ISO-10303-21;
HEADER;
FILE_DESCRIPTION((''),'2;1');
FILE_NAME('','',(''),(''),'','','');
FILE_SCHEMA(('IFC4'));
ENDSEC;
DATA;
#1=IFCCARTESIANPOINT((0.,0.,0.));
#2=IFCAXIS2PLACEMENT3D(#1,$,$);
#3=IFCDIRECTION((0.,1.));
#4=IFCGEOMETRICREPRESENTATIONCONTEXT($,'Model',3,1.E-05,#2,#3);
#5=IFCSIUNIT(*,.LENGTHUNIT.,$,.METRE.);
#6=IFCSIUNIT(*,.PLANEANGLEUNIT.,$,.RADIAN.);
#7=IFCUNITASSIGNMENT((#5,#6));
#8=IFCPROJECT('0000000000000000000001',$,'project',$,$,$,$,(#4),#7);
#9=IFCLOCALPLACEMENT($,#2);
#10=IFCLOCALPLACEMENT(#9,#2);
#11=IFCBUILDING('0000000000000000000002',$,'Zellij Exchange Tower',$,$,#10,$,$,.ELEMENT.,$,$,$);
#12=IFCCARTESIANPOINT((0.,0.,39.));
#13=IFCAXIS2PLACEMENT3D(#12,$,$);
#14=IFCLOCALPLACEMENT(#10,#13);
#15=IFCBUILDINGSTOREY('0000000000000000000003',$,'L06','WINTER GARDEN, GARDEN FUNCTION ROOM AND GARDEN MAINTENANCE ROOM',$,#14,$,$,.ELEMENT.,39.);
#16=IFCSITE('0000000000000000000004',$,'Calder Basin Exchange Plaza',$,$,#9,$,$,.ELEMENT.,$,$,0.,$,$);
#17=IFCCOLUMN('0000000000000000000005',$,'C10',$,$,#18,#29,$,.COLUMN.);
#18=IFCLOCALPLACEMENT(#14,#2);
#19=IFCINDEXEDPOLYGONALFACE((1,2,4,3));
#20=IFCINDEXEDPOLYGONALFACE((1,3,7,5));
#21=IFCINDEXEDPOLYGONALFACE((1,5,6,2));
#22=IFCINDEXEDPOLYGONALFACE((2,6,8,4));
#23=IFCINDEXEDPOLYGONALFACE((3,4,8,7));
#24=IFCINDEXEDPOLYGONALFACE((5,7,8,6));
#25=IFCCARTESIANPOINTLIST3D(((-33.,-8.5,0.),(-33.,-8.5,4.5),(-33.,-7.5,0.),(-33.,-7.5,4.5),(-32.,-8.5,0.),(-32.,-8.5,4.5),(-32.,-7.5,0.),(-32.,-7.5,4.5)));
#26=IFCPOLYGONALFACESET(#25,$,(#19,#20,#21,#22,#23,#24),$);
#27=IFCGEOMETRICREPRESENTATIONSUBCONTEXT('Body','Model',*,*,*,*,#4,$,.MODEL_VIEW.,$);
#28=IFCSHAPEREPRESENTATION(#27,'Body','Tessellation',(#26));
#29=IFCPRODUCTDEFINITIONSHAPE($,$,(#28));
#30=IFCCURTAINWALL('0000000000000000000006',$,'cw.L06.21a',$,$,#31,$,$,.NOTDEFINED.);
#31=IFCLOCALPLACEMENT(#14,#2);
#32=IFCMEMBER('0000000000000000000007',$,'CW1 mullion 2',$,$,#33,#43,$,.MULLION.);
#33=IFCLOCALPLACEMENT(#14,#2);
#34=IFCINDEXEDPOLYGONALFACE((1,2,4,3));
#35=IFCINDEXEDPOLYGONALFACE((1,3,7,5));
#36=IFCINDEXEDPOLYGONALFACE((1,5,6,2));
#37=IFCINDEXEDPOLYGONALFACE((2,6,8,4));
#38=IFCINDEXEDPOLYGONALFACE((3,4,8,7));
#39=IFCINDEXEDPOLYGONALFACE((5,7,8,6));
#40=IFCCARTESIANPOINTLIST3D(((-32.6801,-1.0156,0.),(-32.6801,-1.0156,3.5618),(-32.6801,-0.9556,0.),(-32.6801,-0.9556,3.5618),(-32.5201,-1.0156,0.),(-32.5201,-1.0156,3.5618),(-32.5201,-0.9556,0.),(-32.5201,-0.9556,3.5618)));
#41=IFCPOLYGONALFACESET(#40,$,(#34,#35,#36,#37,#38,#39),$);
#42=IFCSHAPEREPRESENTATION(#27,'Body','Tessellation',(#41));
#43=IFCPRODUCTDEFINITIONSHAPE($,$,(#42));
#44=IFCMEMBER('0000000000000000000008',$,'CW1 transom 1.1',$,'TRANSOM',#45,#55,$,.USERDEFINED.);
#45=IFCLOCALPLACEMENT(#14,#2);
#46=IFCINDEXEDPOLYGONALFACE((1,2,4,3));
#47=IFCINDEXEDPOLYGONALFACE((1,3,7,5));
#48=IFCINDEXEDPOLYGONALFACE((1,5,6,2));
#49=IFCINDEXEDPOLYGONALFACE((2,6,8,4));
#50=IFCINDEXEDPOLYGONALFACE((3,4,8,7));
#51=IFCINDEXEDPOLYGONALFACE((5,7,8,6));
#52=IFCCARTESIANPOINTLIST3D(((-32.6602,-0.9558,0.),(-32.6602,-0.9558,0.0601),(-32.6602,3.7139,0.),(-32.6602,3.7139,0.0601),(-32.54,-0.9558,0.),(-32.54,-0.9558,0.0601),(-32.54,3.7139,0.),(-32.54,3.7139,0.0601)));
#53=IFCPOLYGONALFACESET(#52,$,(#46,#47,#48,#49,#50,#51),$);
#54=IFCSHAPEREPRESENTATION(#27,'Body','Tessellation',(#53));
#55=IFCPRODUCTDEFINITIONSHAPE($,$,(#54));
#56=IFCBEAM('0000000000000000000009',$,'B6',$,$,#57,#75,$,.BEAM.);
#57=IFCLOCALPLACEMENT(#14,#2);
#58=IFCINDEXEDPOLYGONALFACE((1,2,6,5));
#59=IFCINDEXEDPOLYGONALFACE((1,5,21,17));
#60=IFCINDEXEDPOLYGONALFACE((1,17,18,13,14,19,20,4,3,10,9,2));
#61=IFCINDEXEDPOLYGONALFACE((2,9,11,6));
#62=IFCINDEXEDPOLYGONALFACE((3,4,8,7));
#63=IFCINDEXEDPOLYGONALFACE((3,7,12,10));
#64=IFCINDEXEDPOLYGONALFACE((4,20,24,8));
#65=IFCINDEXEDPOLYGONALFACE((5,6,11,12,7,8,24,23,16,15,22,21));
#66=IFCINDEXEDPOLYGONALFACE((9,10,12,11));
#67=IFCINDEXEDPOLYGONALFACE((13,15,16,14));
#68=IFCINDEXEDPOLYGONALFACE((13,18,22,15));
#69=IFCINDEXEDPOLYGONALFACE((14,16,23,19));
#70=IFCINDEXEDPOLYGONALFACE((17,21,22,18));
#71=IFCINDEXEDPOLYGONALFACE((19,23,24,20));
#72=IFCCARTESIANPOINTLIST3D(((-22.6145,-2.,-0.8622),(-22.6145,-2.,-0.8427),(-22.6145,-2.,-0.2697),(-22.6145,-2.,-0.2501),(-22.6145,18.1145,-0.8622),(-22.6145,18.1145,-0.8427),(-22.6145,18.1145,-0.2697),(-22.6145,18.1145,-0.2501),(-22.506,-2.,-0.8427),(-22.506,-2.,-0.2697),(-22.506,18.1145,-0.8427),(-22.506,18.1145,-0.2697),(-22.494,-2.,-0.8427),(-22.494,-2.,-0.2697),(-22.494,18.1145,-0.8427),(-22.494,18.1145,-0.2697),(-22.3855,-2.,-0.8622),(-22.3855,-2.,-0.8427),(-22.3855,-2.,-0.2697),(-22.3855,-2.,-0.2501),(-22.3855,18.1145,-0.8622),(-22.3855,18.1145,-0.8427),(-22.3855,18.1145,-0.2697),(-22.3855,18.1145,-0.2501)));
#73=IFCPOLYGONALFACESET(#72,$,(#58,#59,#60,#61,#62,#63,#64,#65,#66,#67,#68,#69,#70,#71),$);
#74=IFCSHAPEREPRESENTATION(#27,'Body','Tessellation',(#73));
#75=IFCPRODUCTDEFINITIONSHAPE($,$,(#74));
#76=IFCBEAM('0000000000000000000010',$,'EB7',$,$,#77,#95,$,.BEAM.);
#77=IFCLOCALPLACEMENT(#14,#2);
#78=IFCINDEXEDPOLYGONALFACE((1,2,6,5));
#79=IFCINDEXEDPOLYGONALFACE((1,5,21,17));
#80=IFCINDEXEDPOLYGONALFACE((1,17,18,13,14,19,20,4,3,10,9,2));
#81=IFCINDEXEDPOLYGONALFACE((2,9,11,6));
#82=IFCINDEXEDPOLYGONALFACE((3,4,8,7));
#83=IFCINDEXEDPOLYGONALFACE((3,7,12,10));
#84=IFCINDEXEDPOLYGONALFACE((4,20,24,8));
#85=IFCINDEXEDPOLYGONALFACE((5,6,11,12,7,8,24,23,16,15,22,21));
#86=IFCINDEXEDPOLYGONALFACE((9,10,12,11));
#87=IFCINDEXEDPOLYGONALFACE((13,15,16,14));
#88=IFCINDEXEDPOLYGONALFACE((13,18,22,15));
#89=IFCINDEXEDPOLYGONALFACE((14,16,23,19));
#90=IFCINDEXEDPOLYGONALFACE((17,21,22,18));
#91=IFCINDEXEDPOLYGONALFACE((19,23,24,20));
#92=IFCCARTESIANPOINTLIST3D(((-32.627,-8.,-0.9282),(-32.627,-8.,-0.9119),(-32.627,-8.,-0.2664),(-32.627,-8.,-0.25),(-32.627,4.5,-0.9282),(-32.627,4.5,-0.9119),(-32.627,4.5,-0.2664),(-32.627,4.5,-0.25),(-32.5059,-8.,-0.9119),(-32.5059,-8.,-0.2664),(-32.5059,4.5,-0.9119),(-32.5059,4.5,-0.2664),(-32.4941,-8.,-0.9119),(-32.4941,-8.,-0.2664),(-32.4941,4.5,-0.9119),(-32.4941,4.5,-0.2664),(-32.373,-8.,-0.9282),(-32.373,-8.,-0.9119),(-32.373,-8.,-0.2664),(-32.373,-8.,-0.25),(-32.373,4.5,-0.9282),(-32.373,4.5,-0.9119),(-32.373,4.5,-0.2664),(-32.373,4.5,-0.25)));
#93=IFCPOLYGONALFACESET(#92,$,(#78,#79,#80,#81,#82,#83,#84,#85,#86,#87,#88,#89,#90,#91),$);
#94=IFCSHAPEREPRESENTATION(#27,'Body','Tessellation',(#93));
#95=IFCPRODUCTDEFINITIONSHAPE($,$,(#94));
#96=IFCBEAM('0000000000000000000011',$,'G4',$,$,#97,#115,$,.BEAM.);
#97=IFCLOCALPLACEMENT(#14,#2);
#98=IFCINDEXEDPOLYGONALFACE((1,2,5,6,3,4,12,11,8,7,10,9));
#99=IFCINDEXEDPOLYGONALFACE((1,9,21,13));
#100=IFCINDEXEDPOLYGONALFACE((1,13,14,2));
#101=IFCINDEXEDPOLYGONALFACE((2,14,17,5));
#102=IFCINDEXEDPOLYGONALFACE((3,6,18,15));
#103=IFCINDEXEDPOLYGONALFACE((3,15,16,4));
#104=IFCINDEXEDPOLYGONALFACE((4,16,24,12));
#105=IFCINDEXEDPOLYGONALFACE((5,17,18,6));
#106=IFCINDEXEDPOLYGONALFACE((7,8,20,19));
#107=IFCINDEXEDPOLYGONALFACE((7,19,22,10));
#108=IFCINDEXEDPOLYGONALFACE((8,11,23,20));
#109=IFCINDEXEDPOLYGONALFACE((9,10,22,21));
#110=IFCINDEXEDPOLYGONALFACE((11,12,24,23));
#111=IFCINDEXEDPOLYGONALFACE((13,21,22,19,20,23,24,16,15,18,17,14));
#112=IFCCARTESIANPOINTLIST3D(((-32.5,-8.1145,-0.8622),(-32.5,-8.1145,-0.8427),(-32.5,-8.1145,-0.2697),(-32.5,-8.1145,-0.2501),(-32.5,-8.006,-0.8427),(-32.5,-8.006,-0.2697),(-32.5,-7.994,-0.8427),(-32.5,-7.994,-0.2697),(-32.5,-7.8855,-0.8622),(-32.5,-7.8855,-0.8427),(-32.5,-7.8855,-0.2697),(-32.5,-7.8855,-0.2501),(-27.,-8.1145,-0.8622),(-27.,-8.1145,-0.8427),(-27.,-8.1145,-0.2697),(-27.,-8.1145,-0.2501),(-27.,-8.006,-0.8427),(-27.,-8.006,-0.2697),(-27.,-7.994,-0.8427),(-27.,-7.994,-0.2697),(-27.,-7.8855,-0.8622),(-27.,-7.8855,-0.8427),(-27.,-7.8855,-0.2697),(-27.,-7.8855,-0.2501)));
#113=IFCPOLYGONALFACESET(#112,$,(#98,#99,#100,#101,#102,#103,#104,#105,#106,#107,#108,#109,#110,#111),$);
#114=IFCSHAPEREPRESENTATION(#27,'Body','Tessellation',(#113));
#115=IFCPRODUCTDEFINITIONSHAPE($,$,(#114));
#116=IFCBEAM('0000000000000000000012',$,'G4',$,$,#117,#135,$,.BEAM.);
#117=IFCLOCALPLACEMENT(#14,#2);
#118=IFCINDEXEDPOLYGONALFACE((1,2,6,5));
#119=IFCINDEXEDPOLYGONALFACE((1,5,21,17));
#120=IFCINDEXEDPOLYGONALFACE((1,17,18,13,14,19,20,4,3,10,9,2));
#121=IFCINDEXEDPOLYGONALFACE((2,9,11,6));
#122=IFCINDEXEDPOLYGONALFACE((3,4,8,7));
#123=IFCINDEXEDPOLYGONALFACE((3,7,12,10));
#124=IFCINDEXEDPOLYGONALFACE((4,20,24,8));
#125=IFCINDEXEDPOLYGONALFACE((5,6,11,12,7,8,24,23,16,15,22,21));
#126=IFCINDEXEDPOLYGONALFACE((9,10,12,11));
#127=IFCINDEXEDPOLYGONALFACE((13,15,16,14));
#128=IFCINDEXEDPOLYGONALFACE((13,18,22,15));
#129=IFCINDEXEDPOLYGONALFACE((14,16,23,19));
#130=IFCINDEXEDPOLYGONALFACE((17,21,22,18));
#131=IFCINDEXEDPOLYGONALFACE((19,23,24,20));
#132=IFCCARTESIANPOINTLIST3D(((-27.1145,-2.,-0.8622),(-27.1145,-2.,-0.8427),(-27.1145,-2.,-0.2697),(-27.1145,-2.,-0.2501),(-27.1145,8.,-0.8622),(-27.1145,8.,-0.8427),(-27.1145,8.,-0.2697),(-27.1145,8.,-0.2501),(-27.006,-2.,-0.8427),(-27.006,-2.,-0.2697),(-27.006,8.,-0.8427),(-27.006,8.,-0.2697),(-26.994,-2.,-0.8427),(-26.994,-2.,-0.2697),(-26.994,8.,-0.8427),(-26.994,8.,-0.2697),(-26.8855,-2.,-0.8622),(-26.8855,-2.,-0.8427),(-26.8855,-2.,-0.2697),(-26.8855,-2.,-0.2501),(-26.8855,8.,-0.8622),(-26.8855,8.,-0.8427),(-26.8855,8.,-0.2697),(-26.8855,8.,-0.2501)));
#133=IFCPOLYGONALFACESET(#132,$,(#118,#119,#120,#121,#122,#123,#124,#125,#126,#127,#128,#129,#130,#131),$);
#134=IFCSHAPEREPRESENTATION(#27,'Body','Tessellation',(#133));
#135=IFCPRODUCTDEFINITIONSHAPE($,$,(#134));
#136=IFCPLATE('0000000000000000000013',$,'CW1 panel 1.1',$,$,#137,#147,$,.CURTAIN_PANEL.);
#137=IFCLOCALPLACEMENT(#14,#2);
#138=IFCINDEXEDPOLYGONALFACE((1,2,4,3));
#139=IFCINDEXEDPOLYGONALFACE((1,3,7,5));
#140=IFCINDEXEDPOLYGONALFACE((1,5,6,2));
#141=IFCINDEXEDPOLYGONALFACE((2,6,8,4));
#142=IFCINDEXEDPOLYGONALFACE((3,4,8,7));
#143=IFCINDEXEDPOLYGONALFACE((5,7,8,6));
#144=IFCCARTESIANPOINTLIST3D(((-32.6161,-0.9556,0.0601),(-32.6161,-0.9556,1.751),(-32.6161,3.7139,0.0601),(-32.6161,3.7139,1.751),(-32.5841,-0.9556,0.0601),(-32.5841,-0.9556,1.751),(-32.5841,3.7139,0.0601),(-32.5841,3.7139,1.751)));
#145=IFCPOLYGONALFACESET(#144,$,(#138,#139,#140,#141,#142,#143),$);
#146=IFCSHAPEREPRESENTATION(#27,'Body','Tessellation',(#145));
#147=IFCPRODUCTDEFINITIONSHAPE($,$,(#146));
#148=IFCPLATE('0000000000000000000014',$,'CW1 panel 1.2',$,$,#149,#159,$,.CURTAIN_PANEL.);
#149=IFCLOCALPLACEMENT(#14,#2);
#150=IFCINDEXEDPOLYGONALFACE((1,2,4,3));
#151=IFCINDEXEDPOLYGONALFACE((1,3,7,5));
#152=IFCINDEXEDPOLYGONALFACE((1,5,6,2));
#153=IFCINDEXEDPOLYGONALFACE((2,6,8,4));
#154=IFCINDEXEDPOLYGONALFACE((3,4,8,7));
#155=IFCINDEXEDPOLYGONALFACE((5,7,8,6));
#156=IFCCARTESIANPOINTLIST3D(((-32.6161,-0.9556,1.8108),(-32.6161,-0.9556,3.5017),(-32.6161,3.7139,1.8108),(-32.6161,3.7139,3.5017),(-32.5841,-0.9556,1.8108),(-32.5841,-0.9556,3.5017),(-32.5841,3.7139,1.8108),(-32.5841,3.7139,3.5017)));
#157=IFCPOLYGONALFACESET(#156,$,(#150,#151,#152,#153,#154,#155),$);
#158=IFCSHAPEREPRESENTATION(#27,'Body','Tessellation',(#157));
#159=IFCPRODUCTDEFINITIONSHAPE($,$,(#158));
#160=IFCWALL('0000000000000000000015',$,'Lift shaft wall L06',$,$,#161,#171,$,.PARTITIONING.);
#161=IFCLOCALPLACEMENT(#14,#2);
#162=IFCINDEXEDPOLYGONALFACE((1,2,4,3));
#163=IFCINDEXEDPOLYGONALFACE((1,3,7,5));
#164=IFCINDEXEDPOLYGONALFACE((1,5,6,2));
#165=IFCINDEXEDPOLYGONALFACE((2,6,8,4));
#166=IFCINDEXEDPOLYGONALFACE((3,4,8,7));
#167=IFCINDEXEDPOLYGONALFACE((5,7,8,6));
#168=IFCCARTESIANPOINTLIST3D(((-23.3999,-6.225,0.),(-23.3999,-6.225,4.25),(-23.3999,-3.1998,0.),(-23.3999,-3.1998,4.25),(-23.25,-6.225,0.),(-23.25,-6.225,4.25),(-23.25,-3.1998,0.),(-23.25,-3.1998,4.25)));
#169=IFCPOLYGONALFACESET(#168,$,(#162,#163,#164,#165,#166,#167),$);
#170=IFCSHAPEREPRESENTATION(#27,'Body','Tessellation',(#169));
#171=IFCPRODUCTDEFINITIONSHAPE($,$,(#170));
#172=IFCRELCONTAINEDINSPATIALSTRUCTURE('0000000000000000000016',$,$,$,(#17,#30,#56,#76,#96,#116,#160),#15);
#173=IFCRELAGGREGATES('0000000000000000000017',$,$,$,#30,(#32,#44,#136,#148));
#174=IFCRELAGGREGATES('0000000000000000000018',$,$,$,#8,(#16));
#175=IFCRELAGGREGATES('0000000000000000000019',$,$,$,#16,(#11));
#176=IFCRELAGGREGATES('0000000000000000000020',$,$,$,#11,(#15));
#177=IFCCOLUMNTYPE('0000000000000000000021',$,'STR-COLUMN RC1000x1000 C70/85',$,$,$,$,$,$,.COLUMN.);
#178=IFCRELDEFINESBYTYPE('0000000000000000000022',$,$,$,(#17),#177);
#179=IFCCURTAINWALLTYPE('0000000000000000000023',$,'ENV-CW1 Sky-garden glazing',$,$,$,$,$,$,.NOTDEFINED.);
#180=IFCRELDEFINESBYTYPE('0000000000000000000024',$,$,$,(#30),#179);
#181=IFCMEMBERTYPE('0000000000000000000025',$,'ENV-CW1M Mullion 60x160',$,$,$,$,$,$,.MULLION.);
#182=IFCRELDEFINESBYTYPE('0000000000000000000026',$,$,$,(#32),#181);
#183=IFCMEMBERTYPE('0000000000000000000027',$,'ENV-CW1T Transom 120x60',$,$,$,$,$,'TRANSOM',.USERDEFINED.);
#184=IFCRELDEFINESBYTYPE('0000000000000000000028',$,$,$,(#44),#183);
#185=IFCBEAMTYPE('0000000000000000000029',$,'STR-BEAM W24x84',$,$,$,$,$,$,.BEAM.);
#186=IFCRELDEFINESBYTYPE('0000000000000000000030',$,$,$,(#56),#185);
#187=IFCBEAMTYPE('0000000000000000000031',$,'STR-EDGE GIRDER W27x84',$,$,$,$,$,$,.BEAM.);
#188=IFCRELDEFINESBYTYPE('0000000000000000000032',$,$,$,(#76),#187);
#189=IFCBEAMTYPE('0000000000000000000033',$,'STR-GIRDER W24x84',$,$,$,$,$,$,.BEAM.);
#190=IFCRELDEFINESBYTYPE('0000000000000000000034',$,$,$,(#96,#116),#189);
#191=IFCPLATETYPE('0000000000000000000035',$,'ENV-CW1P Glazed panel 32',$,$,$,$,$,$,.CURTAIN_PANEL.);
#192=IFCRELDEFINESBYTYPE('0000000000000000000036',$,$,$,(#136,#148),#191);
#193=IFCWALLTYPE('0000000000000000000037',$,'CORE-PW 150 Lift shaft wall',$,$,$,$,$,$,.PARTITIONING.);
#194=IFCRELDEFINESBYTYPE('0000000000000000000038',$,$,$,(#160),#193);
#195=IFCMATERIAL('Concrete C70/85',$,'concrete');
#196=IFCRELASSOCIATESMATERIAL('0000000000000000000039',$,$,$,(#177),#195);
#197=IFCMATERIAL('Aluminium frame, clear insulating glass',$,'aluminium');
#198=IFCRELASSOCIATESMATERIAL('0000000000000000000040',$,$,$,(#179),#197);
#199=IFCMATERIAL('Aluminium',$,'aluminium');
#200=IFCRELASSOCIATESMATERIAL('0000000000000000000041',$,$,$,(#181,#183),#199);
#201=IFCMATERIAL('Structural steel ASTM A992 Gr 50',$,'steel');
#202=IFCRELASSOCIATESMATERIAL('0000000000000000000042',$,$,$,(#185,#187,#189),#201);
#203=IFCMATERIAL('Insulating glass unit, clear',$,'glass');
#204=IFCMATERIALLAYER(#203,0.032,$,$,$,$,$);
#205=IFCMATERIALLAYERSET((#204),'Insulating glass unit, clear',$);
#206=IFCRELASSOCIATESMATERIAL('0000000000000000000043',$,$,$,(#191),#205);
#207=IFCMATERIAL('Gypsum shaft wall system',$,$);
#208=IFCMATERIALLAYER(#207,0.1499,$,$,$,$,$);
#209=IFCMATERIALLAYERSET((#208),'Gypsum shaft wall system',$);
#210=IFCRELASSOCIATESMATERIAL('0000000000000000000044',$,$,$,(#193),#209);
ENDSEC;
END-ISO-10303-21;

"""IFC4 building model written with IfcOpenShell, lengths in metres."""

from ifc_helpers import new_model, si_unit, direction, frame, frame_2d, origin, origin_2d, place, context, subcontext, project, spatial, rectangle, i_section, extrude, material, layer, layer_set, material_profile, profile_set, type_object, element, aggregate, save


model = new_model("IFC4")

# Units and contexts
model_context = context("Model", 3, precision=1e-05, world=origin(), true_north=direction((0.0, 1.0)))
body_context = subcontext(model_context, "Body", "Model", "MODEL_VIEW")
ifc_project = project(units=[si_unit("LENGTHUNIT", "METRE"), si_unit("PLANEANGLEUNIT", "RADIAN")], contexts=[model_context])

# Site, building, storey
site_placement = place(None, origin())
site = spatial("IfcSite", under=ifc_project, at=site_placement, Name="Calder Basin Exchange Plaza", CompositionType="ELEMENT", RefElevation=0.0)
building_placement = place(site_placement, origin())
building = spatial("IfcBuilding", under=site, at=building_placement, Name="Zellij Exchange Tower", CompositionType="ELEMENT")
storey_placement = place(building_placement, frame((0.0, 0.0, 39.0)))
storey = spatial("IfcBuildingStorey", under=building, at=storey_placement, Name="L06", Description="WINTER GARDEN, GARDEN FUNCTION ROOM AND GARDEN MAINTENANCE ROOM", CompositionType="ELEMENT", Elevation=39.0)

# Column
ifc_material_1 = material(Name="Concrete C70/85", Category="concrete")
ifc_material_profile_1 = material_profile(ifc_material_1, rectangle(XDim=1.0, YDim=1.0, at=origin_2d()), Name="STR-COLUMN RC1000x1000 C70/85")
ifc_profile_set_1 = profile_set([ifc_material_profile_1], Name="Concrete C70/85")
column_type = type_object("IfcColumnType", Name="STR-COLUMN RC1000x1000 C70/85", PredefinedType="COLUMN", material=ifc_profile_set_1)
column_placement = place(storey_placement, frame((-32.5, -8.0, 0.0), z_axis=(0.0, 0.0, 1.0), x_axis=(1.0, 0.0, 0.0)))
element("IfcColumn", 1, at=column_placement, inside=storey, type_object=column_type, Name="C10", PredefinedType="COLUMN", context=body_context, shape_type="SweptSolid", body=[
    extrude(rectangle(XDim=1.0, YDim=1.0, at=origin_2d()), origin(), (0.0, 0.0, 1.0), 4.5),
])

# Curtain wall, members
ifc_material_2 = material(Name="Aluminium frame, clear insulating glass", Category="aluminium")
curtain_wall_type = type_object("IfcCurtainWallType", Name="ENV-CW1 Sky-garden glazing", PredefinedType="NOTDEFINED", material=ifc_material_2)
curtain_wall_placement = place(storey_placement, origin())
curtain_wall = element("IfcCurtainWall", 2, at=curtain_wall_placement, inside=storey, type_object=curtain_wall_type, Name="cw.L06.21a", PredefinedType="NOTDEFINED")
ifc_material_3 = material(Name="Aluminium", Category="aluminium")
ifc_material_profile_2 = material_profile(ifc_material_3, rectangle(XDim=0.0601, YDim=0.1599, at=origin_2d()), Name="AL 60x160")
ifc_profile_set_2 = profile_set([ifc_material_profile_2], Name="Aluminium")
member_type_1 = type_object("IfcMemberType", Name="ENV-CW1M Mullion 60x160", PredefinedType="MULLION", material=ifc_profile_set_2)
member_1_placement = place(storey_placement, frame((-32.6001, -0.9856, 0.0), z_axis=(0.0, 0.0, 1.0), x_axis=(0.0, -1.0, 0.0)))
member_1 = element("IfcMember", 3, at=member_1_placement, type_object=member_type_1, Name="CW1 mullion 2", PredefinedType="MULLION", context=body_context, shape_type="SweptSolid", body=[
    extrude(rectangle(XDim=0.0601, YDim=0.1599, at=origin_2d()), origin(), (0.0, 0.0, 1.0), 3.5618),
])
ifc_material_profile_3 = material_profile(ifc_material_3, rectangle(XDim=0.1201, YDim=0.0601, at=origin_2d()), Name="AL 120x60")
ifc_profile_set_3 = profile_set([ifc_material_profile_3], Name="Aluminium")
member_type_2 = type_object("IfcMemberType", Name="ENV-CW1T Transom 120x60", ElementType="TRANSOM", PredefinedType="USERDEFINED", material=ifc_profile_set_3)
member_2_placement = place(storey_placement, frame((-32.6001, 3.7139, 0.03), z_axis=(0.0, -1.0, 0.0), x_axis=(1.0, 0.0, 0.0)))
member_2 = element("IfcMember", 4, at=member_2_placement, type_object=member_type_2, Name="CW1 transom 1.1", ObjectType="TRANSOM", PredefinedType="USERDEFINED", context=body_context, shape_type="SweptSolid", body=[
    extrude(rectangle(XDim=0.1201, YDim=0.0601, at=origin_2d()), origin(), (0.0, 0.0, 1.0), 4.6697),
])

# Beams
ifc_material_4 = material(Name="Structural steel ASTM A992 Gr 50", Category="steel")
ifc_material_profile_4 = material_profile(ifc_material_4, i_section(OverallWidth=0.229, OverallDepth=0.6121, WebThickness=0.012, FlangeThickness=0.0195, at=origin_2d()), Name="W24x84")
ifc_profile_set_4 = profile_set([ifc_material_profile_4], Name="Structural steel ASTM A992 Gr 50")
beam_type_1 = type_object("IfcBeamType", Name="STR-BEAM W24x84", PredefinedType="BEAM", material=ifc_profile_set_4)
beam_1_placement = place(storey_placement, frame((-22.5, -2.0, -0.5562), z_axis=(0.0, 1.0, 0.0), x_axis=(-1.0, 0.0, 0.0)))
element("IfcBeam", 5, at=beam_1_placement, inside=storey, type_object=beam_type_1, Name="B6", PredefinedType="BEAM", context=body_context, shape_type="SweptSolid", body=[
    extrude(i_section(OverallWidth=0.229, OverallDepth=0.6121, WebThickness=0.012, FlangeThickness=0.0195, at=origin_2d()), origin(), (0.0, 0.0, 1.0), 20.1145),
])
ifc_material_profile_5 = material_profile(ifc_material_4, i_section(OverallWidth=0.2539, OverallDepth=0.6782, WebThickness=0.0117, FlangeThickness=0.0164, at=origin_2d()), Name="W27x84")
ifc_profile_set_5 = profile_set([ifc_material_profile_5], Name="Structural steel ASTM A992 Gr 50")
beam_type_2 = type_object("IfcBeamType", Name="STR-EDGE GIRDER W27x84", PredefinedType="BEAM", material=ifc_profile_set_5)
beam_2_placement = place(storey_placement, frame((-32.5, -8.0, -0.5891), z_axis=(0.0, 1.0, 0.0), x_axis=(-1.0, 0.0, 0.0)))
element("IfcBeam", 6, at=beam_2_placement, inside=storey, type_object=beam_type_2, Name="EB7", PredefinedType="BEAM", context=body_context, shape_type="SweptSolid", body=[
    extrude(i_section(OverallWidth=0.2539, OverallDepth=0.6782, WebThickness=0.0117, FlangeThickness=0.0164, at=origin_2d()), origin(), (0.0, 0.0, 1.0), 12.5),
])
ifc_material_profile_6 = material_profile(ifc_material_4, i_section(OverallWidth=0.229, OverallDepth=0.6121, WebThickness=0.012, FlangeThickness=0.0195, at=origin_2d()), Name="W24x84")
ifc_profile_set_6 = profile_set([ifc_material_profile_6], Name="Structural steel ASTM A992 Gr 50")
beam_type_3 = type_object("IfcBeamType", Name="STR-GIRDER W24x84", PredefinedType="BEAM", material=ifc_profile_set_6)
beam_3_placement = place(storey_placement, frame((-32.5, -8.0, -0.5562), z_axis=(1.0, 0.0, 0.0), x_axis=(0.0, 1.0, 0.0)))
element("IfcBeam", 7, at=beam_3_placement, inside=storey, type_object=beam_type_3, Name="G4", PredefinedType="BEAM", context=body_context, shape_type="SweptSolid", body=[
    extrude(i_section(OverallWidth=0.229, OverallDepth=0.6121, WebThickness=0.012, FlangeThickness=0.0195, at=origin_2d()), origin(), (0.0, 0.0, 1.0), 5.5),
])
beam_4_placement = place(storey_placement, frame((-27.0, -2.0, -0.5562), z_axis=(0.0, 1.0, 0.0), x_axis=(-1.0, 0.0, 0.0)))
element("IfcBeam", 8, at=beam_4_placement, inside=storey, type_object=beam_type_3, Name="G4", PredefinedType="BEAM", context=body_context, shape_type="SweptSolid", body=[
    extrude(i_section(OverallWidth=0.229, OverallDepth=0.6121, WebThickness=0.012, FlangeThickness=0.0195, at=origin_2d()), origin(), (0.0, 0.0, 1.0), 10.0),
])

# Plates
ifc_material_5 = material(Name="Insulating glass unit, clear", Category="glass")
ifc_layer_1 = layer(ifc_material_5, 0.032)
ifc_layer_set_1 = layer_set([ifc_layer_1], Name="Insulating glass unit, clear")
plate_type = type_object("IfcPlateType", Name="ENV-CW1P Glazed panel 32", PredefinedType="CURTAIN_PANEL", material=ifc_layer_set_1)
plate_1_placement = place(storey_placement, frame((-32.6001, 1.3792, 0.0601), z_axis=(0.0, 0.0, 1.0), x_axis=(0.0, -1.0, 0.0)))
plate_1 = element("IfcPlate", 9, at=plate_1_placement, type_object=plate_type, Name="CW1 panel 1.1", PredefinedType="CURTAIN_PANEL", context=body_context, shape_type="SweptSolid", body=[
    extrude(rectangle(XDim=4.6694, YDim=0.032, at=origin_2d()), origin(), (0.0, 0.0, 1.0), 1.6909),
])
plate_2_placement = place(storey_placement, frame((-32.6001, 1.3792, 1.8108), z_axis=(0.0, 0.0, 1.0), x_axis=(0.0, -1.0, 0.0)))
plate_2 = element("IfcPlate", 10, at=plate_2_placement, type_object=plate_type, Name="CW1 panel 1.2", PredefinedType="CURTAIN_PANEL", context=body_context, shape_type="SweptSolid", body=[
    extrude(rectangle(XDim=4.6694, YDim=0.032, at=origin_2d()), origin(), (0.0, 0.0, 1.0), 1.6909),
])
aggregate(curtain_wall, [member_1, member_2, plate_1, plate_2])

# Wall
ifc_material_6 = material(Name="Gypsum shaft wall system")
ifc_layer_2 = layer(ifc_material_6, 0.1499)
ifc_layer_set_2 = layer_set([ifc_layer_2], Name="Gypsum shaft wall system")
wall_type_1 = type_object("IfcWallType", Name="CORE-PW 150 Lift shaft wall", PredefinedType="PARTITIONING", material=ifc_layer_set_2)
wall_1_placement = place(storey_placement, frame((-23.325, -6.2251, 0.0), z_axis=(0.0, 0.0, 1.0), x_axis=(0.0, 1.0, 0.0)))
element("IfcWall", 11, at=wall_1_placement, inside=storey, type_object=wall_type_1, Name="Lift shaft wall L06", PredefinedType="PARTITIONING", context=body_context, shape_type="SweptSolid", body=[
    extrude(rectangle(XDim=3.0251, YDim=0.1499, at=frame_2d((1.5127, 0.0))), origin(), (0.0, 0.0, 1.0), 4.25),
])

save(model, "model.ifc")
